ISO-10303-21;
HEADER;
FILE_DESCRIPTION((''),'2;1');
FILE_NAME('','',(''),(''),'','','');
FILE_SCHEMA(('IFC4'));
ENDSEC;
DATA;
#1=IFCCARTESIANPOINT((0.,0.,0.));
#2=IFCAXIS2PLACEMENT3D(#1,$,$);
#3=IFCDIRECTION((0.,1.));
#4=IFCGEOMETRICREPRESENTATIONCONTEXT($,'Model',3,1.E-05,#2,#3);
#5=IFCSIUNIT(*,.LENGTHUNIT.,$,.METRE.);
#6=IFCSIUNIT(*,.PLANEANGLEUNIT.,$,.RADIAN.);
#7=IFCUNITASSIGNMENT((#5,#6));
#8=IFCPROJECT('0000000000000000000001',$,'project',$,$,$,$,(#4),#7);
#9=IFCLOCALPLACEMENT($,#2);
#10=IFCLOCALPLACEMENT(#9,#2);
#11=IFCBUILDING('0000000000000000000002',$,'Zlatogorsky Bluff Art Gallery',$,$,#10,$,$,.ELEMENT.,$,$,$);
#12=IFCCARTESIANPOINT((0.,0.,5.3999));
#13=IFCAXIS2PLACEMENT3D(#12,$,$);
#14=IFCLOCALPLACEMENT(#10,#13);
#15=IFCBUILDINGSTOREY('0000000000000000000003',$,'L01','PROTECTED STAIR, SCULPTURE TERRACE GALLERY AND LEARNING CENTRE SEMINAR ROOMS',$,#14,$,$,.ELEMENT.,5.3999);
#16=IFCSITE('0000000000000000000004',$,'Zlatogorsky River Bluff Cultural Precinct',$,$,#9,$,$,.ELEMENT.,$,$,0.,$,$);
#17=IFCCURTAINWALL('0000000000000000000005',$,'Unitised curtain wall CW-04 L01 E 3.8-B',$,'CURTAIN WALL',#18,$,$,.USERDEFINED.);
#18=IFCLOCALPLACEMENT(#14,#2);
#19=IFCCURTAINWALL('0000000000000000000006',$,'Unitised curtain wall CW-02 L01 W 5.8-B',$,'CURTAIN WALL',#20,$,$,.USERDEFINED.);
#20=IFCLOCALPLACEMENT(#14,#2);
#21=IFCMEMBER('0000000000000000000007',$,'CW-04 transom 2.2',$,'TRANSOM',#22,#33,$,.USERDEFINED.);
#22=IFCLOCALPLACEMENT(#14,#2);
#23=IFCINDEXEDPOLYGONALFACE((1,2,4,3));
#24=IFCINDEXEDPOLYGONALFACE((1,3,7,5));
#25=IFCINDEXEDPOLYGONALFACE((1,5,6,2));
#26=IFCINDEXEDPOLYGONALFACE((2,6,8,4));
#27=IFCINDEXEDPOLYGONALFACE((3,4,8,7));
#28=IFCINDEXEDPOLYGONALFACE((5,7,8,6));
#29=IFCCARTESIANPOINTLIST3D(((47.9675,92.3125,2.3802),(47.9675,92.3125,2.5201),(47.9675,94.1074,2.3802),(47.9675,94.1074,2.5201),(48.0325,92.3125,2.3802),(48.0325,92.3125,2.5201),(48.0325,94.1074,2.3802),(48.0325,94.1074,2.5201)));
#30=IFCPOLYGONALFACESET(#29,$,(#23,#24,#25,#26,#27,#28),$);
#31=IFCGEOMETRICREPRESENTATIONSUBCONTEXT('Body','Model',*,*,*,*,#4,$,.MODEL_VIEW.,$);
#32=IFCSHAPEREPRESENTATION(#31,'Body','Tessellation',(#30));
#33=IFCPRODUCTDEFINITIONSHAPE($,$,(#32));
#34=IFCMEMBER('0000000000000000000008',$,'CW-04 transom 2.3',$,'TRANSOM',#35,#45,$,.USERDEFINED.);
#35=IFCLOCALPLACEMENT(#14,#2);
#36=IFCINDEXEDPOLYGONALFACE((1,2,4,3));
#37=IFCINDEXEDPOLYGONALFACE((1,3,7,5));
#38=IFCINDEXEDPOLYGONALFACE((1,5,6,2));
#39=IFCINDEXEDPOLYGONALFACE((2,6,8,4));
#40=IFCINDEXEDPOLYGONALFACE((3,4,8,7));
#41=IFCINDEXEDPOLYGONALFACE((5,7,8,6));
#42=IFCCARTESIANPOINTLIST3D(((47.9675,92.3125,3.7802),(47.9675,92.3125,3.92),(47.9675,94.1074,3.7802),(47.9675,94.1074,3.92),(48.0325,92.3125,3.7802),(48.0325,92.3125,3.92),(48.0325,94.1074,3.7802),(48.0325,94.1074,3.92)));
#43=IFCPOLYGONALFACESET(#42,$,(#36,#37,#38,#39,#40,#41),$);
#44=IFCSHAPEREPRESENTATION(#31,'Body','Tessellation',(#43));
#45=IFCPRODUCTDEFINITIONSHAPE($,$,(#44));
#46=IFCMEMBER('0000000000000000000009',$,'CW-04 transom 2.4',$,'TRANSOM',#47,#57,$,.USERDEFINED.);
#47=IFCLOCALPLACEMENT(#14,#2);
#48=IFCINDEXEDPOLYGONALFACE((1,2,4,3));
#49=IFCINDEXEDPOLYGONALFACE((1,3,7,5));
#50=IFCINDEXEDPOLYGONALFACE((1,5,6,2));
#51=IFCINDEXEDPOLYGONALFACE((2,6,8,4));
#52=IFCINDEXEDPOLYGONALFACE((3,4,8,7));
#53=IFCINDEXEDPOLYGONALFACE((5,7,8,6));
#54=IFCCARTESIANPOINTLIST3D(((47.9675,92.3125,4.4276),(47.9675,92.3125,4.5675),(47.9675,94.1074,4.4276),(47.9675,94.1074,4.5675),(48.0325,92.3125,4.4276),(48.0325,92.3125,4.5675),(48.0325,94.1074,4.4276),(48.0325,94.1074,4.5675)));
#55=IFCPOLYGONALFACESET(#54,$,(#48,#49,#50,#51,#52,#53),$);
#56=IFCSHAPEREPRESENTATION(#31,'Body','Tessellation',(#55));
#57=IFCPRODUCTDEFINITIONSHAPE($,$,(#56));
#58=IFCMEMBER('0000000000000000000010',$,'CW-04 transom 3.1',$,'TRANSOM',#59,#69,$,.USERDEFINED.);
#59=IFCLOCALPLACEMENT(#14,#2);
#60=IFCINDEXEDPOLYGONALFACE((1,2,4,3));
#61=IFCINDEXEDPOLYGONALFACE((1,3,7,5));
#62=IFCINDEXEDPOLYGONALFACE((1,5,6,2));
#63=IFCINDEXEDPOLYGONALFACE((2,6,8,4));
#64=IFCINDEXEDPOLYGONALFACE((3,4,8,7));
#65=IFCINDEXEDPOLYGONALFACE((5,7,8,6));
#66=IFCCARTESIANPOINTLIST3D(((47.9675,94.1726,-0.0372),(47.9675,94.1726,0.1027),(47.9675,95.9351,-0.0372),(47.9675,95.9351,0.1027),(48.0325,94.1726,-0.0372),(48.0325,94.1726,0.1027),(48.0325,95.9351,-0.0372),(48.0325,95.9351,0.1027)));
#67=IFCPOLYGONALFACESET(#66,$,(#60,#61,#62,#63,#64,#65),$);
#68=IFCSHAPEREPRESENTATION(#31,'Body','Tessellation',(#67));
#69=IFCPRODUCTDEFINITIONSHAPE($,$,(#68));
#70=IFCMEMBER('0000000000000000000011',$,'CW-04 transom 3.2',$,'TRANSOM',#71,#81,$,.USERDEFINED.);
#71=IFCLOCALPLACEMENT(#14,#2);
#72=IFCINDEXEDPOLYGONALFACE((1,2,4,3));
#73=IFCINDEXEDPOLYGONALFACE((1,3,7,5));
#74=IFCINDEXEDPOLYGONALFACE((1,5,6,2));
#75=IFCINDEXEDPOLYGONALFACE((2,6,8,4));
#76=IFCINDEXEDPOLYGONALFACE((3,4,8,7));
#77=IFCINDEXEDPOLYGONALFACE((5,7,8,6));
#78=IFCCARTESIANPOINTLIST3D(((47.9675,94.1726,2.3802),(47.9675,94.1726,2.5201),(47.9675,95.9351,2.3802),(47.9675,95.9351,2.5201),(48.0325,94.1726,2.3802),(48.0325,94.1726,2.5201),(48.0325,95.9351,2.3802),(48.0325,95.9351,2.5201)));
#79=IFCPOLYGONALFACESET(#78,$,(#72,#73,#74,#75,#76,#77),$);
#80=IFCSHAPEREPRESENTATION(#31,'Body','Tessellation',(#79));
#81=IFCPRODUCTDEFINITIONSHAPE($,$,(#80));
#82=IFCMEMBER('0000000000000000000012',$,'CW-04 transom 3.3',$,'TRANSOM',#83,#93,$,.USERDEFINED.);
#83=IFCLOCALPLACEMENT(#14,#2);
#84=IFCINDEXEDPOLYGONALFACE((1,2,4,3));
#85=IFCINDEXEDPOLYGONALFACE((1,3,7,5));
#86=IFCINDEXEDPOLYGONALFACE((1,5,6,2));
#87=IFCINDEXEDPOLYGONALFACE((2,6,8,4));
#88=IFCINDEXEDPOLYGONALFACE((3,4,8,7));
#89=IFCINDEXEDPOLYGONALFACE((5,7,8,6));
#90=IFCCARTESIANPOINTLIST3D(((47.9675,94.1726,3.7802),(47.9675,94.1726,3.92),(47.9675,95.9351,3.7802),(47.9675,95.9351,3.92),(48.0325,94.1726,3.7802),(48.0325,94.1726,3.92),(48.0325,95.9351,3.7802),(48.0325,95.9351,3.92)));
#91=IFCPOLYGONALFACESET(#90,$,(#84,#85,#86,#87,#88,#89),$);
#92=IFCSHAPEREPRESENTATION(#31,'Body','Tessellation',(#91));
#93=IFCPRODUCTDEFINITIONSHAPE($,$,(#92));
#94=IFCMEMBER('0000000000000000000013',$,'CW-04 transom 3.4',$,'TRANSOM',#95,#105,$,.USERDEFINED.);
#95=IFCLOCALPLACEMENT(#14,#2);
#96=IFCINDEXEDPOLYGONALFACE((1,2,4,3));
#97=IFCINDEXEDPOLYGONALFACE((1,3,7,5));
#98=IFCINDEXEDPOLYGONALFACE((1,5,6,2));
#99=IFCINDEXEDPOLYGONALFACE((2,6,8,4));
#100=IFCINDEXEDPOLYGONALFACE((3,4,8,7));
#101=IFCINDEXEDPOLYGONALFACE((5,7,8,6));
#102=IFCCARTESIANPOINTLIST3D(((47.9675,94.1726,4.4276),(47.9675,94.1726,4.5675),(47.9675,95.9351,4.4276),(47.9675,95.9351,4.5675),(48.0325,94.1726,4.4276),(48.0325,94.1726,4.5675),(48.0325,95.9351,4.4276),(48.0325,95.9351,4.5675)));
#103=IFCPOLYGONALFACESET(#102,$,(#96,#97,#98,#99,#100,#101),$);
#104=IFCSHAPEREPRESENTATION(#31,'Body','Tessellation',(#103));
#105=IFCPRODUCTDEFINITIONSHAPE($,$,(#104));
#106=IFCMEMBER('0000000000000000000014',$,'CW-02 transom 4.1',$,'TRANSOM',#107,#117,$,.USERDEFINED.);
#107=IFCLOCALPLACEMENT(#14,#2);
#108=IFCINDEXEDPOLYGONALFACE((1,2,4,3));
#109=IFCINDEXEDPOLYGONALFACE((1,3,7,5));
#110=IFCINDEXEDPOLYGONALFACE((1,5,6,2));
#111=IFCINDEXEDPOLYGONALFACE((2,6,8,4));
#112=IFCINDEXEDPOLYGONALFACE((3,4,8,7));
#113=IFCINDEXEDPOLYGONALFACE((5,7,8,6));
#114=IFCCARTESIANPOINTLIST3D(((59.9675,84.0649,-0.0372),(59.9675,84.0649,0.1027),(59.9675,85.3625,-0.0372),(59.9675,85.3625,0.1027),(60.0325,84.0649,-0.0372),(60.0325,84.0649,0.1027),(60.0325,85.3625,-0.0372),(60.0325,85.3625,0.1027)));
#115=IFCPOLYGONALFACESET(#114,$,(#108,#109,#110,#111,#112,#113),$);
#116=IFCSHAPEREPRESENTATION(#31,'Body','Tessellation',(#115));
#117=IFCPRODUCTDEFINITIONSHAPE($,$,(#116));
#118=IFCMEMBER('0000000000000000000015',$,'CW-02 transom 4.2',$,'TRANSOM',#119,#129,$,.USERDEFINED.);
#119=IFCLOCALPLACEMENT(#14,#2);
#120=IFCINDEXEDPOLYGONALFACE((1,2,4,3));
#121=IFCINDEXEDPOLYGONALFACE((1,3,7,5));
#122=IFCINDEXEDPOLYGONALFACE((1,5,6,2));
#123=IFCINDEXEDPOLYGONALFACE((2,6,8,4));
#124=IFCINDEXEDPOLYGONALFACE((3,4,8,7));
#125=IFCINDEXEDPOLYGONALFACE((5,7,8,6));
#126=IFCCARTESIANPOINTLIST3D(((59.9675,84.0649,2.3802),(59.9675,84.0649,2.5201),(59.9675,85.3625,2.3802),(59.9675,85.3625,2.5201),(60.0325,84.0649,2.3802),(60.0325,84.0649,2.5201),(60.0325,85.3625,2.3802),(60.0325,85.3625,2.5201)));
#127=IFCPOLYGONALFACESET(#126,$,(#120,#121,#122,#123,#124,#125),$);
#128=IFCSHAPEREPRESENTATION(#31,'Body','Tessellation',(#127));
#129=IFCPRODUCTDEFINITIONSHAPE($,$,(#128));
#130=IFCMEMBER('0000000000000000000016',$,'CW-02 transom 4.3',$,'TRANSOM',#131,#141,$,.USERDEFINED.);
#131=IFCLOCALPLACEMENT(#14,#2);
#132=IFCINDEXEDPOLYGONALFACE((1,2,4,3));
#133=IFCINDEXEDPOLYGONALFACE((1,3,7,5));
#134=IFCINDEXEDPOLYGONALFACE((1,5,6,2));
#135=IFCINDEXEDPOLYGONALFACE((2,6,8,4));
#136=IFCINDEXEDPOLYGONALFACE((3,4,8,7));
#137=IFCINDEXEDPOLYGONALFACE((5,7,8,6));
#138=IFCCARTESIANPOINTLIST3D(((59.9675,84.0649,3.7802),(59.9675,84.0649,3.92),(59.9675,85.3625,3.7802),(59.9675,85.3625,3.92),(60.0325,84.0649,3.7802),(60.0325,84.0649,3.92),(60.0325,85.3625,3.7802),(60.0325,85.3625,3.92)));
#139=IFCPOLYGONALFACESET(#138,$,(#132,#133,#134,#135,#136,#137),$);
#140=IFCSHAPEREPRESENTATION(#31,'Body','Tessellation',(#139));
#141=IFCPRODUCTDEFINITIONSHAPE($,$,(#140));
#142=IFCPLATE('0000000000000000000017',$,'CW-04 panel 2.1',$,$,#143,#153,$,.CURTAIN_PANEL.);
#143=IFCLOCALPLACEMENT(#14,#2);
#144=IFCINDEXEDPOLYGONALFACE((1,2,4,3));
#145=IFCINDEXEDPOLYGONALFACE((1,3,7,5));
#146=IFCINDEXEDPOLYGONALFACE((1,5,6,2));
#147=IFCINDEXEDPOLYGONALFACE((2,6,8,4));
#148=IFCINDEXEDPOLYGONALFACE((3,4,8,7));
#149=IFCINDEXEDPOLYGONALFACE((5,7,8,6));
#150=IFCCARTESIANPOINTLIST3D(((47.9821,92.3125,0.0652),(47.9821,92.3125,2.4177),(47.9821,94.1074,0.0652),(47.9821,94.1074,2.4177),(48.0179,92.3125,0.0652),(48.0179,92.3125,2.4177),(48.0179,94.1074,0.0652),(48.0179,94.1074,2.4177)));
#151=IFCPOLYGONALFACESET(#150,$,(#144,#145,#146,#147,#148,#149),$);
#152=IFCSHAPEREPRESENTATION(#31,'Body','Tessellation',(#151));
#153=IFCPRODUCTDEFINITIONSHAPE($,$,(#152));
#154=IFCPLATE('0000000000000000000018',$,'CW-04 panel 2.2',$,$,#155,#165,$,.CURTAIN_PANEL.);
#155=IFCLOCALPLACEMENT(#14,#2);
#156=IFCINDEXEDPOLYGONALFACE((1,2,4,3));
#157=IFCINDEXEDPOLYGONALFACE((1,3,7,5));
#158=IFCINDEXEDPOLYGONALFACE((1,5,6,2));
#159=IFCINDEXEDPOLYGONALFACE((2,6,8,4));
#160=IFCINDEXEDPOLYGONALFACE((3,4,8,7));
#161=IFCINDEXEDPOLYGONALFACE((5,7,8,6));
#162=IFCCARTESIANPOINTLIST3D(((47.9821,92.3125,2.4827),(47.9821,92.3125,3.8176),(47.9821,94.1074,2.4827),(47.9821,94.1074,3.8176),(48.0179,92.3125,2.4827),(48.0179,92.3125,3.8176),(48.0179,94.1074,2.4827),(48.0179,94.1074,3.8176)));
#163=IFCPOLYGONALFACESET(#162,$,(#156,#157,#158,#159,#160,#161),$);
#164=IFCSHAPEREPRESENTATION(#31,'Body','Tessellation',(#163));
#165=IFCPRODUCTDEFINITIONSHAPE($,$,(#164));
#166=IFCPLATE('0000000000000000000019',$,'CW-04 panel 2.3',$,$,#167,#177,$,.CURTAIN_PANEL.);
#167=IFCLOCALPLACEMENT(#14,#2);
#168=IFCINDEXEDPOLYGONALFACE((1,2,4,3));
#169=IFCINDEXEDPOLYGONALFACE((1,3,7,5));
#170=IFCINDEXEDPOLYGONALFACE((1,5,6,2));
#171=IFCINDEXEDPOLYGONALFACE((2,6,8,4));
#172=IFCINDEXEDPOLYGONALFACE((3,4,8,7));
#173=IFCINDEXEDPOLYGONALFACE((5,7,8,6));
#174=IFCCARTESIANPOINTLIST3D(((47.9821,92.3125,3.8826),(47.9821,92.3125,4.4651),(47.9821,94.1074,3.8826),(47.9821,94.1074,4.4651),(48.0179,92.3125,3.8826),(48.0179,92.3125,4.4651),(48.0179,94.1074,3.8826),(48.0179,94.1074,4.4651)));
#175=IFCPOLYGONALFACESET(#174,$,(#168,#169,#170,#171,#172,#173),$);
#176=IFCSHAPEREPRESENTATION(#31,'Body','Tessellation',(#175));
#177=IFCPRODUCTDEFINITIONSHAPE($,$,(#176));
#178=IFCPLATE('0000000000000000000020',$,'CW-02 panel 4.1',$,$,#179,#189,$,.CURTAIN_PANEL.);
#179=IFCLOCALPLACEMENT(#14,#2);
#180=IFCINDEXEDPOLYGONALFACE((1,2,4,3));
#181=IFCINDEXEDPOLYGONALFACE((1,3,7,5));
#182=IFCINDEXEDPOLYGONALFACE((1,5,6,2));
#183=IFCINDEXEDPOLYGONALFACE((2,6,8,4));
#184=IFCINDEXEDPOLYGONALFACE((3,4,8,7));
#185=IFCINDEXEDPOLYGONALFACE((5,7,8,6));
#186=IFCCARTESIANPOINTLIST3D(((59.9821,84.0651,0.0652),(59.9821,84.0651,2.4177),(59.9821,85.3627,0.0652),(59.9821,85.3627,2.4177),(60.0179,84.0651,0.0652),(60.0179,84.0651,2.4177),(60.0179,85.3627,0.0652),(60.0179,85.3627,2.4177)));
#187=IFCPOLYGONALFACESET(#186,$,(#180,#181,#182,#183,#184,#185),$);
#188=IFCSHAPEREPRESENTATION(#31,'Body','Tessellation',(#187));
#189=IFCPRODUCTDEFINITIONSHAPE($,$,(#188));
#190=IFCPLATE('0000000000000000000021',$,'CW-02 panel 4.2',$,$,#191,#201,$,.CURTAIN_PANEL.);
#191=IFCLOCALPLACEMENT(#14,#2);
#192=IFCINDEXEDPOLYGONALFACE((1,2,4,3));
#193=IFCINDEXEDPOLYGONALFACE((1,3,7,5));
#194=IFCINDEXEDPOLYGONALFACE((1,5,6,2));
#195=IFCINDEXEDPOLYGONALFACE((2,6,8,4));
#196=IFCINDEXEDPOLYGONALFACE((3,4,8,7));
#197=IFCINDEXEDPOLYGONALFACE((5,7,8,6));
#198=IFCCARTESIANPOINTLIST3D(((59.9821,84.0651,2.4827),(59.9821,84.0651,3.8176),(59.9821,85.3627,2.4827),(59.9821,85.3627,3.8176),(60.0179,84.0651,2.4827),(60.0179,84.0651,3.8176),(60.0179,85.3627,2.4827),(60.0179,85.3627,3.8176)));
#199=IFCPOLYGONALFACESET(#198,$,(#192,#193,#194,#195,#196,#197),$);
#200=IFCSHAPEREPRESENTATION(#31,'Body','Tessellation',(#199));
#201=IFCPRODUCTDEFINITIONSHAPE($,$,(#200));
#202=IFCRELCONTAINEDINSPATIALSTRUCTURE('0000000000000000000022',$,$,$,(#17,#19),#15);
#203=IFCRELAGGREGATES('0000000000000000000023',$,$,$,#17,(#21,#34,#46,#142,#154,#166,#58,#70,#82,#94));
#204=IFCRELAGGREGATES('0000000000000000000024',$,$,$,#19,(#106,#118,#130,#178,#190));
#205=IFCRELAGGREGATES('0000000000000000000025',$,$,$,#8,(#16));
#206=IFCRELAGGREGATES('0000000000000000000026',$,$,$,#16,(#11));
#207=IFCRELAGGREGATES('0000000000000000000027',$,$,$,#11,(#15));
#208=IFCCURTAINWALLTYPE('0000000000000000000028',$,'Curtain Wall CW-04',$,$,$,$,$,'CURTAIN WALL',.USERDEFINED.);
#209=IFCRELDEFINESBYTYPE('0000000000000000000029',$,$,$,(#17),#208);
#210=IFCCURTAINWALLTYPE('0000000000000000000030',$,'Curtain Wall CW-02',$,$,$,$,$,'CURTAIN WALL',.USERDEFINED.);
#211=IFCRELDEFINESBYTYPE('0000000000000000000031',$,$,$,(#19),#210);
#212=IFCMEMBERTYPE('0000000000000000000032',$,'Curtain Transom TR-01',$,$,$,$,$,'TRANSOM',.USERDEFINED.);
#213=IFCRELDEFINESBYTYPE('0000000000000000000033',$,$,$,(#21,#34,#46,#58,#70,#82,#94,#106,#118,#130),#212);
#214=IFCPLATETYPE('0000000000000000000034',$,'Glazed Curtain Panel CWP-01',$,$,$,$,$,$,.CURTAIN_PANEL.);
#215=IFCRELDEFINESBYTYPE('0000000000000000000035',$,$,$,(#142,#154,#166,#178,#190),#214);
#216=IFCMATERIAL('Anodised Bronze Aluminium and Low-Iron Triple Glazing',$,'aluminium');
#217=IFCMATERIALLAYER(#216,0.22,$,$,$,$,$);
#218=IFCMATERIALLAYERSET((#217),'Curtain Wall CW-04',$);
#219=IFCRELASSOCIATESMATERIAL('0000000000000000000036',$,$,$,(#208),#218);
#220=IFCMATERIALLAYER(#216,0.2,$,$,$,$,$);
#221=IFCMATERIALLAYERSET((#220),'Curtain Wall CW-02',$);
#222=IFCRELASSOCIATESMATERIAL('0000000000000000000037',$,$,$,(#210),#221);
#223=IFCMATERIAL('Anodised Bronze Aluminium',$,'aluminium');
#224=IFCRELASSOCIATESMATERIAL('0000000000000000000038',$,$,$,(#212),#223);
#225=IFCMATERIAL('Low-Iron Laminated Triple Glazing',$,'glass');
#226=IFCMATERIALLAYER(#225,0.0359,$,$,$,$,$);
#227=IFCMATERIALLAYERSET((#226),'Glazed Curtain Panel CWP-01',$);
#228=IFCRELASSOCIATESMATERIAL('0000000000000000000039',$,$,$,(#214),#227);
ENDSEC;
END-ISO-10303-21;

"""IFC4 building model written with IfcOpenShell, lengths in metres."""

from ifc_helpers import new_model, si_unit, direction, frame, origin, origin_2d, place, context, subcontext, project, spatial, rectangle, extrude, material, layer, layer_set, material_profile, profile_set, type_object, element, aggregate, save


model = new_model("IFC4")

# Units and contexts
model_context = context("Model", 3, precision=1e-05, world=origin(), true_north=direction((0.0, 1.0)))
body_context = subcontext(model_context, "Body", "Model", "MODEL_VIEW")
ifc_project = project(units=[si_unit("LENGTHUNIT", "METRE"), si_unit("PLANEANGLEUNIT", "RADIAN")], contexts=[model_context])

# Site, building, storey
site_placement = place(None, origin())
site = spatial("IfcSite", under=ifc_project, at=site_placement, Name="Zlatogorsky River Bluff Cultural Precinct", CompositionType="ELEMENT", RefElevation=0.0)
building_placement = place(site_placement, origin())
building = spatial("IfcBuilding", under=site, at=building_placement, Name="Zlatogorsky Bluff Art Gallery", CompositionType="ELEMENT")
storey_placement = place(building_placement, frame((0.0, 0.0, 5.3999)))
storey = spatial("IfcBuildingStorey", under=building, at=storey_placement, Name="L01", Description="PROTECTED STAIR, SCULPTURE TERRACE GALLERY AND LEARNING CENTRE SEMINAR ROOMS", CompositionType="ELEMENT", Elevation=5.3999)

# Curtain wall
ifc_material_1 = material(Name="Anodised Bronze Aluminium and Low-Iron Triple Glazing", Category="aluminium")
ifc_layer_1 = layer(ifc_material_1, 0.22)
ifc_layer_set_1 = layer_set([ifc_layer_1], Name="Curtain Wall CW-04")
curtain_wall_type_1 = type_object("IfcCurtainWallType", Name="Curtain Wall CW-04", ElementType="CURTAIN WALL", PredefinedType="USERDEFINED", material=ifc_layer_set_1)
curtain_wall_1_placement = place(storey_placement, origin())
curtain_wall_1 = element("IfcCurtainWall", 1, at=curtain_wall_1_placement, inside=storey, type_object=curtain_wall_type_1, Name="Unitised curtain wall CW-04 L01 E 3.8-B", ObjectType="CURTAIN WALL", PredefinedType="USERDEFINED")
ifc_material_2 = material(Name="Anodised Bronze Aluminium", Category="aluminium")

# Curtain wall
ifc_layer_2 = layer(ifc_material_1, 0.2)
ifc_layer_set_2 = layer_set([ifc_layer_2], Name="Curtain Wall CW-02")
curtain_wall_type_2 = type_object("IfcCurtainWallType", Name="Curtain Wall CW-02", ElementType="CURTAIN WALL", PredefinedType="USERDEFINED", material=ifc_layer_set_2)
curtain_wall_2_placement = place(storey_placement, origin())
curtain_wall_2 = element("IfcCurtainWall", 2, at=curtain_wall_2_placement, inside=storey, type_object=curtain_wall_type_2, Name="Unitised curtain wall CW-02 L01 W 5.8-B", ObjectType="CURTAIN WALL", PredefinedType="USERDEFINED")

# Members
ifc_material_profile_1 = material_profile(ifc_material_2, rectangle(XDim=0.0649, YDim=0.1399, at=origin_2d()), Name="ALU TRANSOM 65x140")
ifc_profile_set_1 = profile_set([ifc_material_profile_1], Name="Anodised Bronze Aluminium")
member_type_1 = type_object("IfcMemberType", Name="Curtain Transom TR-01", ElementType="TRANSOM", PredefinedType="USERDEFINED", material=ifc_profile_set_1)
member_1_placement = place(storey_placement, frame((48.0, 92.3125, 2.4502), z_axis=(0.0, 1.0, 0.0), x_axis=(-1.0, 0.0, 0.0)))
member_1 = element("IfcMember", 3, at=member_1_placement, type_object=member_type_1, Name="CW-04 transom 2.2", ObjectType="TRANSOM", PredefinedType="USERDEFINED", context=body_context, shape_type="SweptSolid", body=[
    extrude(rectangle(XDim=0.0649, YDim=0.1399, at=origin_2d()), origin(), (0.0, 0.0, 1.0), 1.7949),
])
member_2_placement = place(storey_placement, frame((48.0, 92.3125, 3.8501), z_axis=(0.0, 1.0, 0.0), x_axis=(-1.0, 0.0, 0.0)))
member_2 = element("IfcMember", 4, at=member_2_placement, type_object=member_type_1, Name="CW-04 transom 2.3", ObjectType="TRANSOM", PredefinedType="USERDEFINED", context=body_context, shape_type="SweptSolid", body=[
    extrude(rectangle(XDim=0.0649, YDim=0.1399, at=origin_2d()), origin(), (0.0, 0.0, 1.0), 1.7949),
])
member_3_placement = place(storey_placement, frame((48.0, 92.3125, 4.4976), z_axis=(0.0, 1.0, 0.0), x_axis=(-1.0, 0.0, 0.0)))
member_3 = element("IfcMember", 5, at=member_3_placement, type_object=member_type_1, Name="CW-04 transom 2.4", ObjectType="TRANSOM", PredefinedType="USERDEFINED", context=body_context, shape_type="SweptSolid", body=[
    extrude(rectangle(XDim=0.0649, YDim=0.1399, at=origin_2d()), origin(), (0.0, 0.0, 1.0), 1.7949),
])
member_4_placement = place(storey_placement, frame((48.0, 94.1726, 0.0327), z_axis=(0.0, 1.0, 0.0), x_axis=(-1.0, 0.0, 0.0)))
member_4 = element("IfcMember", 6, at=member_4_placement, type_object=member_type_1, Name="CW-04 transom 3.1", ObjectType="TRANSOM", PredefinedType="USERDEFINED", context=body_context, shape_type="SweptSolid", body=[
    extrude(rectangle(XDim=0.0649, YDim=0.1399, at=origin_2d()), origin(), (0.0, 0.0, 1.0), 1.7625),
])
member_5_placement = place(storey_placement, frame((48.0, 94.1726, 2.4502), z_axis=(0.0, 1.0, 0.0), x_axis=(-1.0, 0.0, 0.0)))
member_5 = element("IfcMember", 7, at=member_5_placement, type_object=member_type_1, Name="CW-04 transom 3.2", ObjectType="TRANSOM", PredefinedType="USERDEFINED", context=body_context, shape_type="SweptSolid", body=[
    extrude(rectangle(XDim=0.0649, YDim=0.1399, at=origin_2d()), origin(), (0.0, 0.0, 1.0), 1.7625),
])
member_6_placement = place(storey_placement, frame((48.0, 94.1726, 3.8501), z_axis=(0.0, 1.0, 0.0), x_axis=(-1.0, 0.0, 0.0)))
member_6 = element("IfcMember", 8, at=member_6_placement, type_object=member_type_1, Name="CW-04 transom 3.3", ObjectType="TRANSOM", PredefinedType="USERDEFINED", context=body_context, shape_type="SweptSolid", body=[
    extrude(rectangle(XDim=0.0649, YDim=0.1399, at=origin_2d()), origin(), (0.0, 0.0, 1.0), 1.7625),
])
member_7_placement = place(storey_placement, frame((48.0, 94.1726, 4.4976), z_axis=(0.0, 1.0, 0.0), x_axis=(-1.0, 0.0, 0.0)))
member_7 = element("IfcMember", 9, at=member_7_placement, type_object=member_type_1, Name="CW-04 transom 3.4", ObjectType="TRANSOM", PredefinedType="USERDEFINED", context=body_context, shape_type="SweptSolid", body=[
    extrude(rectangle(XDim=0.0649, YDim=0.1399, at=origin_2d()), origin(), (0.0, 0.0, 1.0), 1.7625),
])
member_8_placement = place(storey_placement, frame((60.0, 85.3625, 0.0327), z_axis=(0.0, -1.0, 0.0), x_axis=(1.0, 0.0, 0.0)))
member_8 = element("IfcMember", 10, at=member_8_placement, type_object=member_type_1, Name="CW-02 transom 4.1", ObjectType="TRANSOM", PredefinedType="USERDEFINED", context=body_context, shape_type="SweptSolid", body=[
    extrude(rectangle(XDim=0.0649, YDim=0.1399, at=origin_2d()), origin(), (0.0, 0.0, 1.0), 1.2976),
])
member_9_placement = place(storey_placement, frame((60.0, 85.3625, 2.4502), z_axis=(0.0, -1.0, 0.0), x_axis=(1.0, 0.0, 0.0)))
member_9 = element("IfcMember", 11, at=member_9_placement, type_object=member_type_1, Name="CW-02 transom 4.2", ObjectType="TRANSOM", PredefinedType="USERDEFINED", context=body_context, shape_type="SweptSolid", body=[
    extrude(rectangle(XDim=0.0649, YDim=0.1399, at=origin_2d()), origin(), (0.0, 0.0, 1.0), 1.2976),
])
member_10_placement = place(storey_placement, frame((60.0, 85.3625, 3.8501), z_axis=(0.0, -1.0, 0.0), x_axis=(1.0, 0.0, 0.0)))
member_10 = element("IfcMember", 12, at=member_10_placement, type_object=member_type_1, Name="CW-02 transom 4.3", ObjectType="TRANSOM", PredefinedType="USERDEFINED", context=body_context, shape_type="SweptSolid", body=[
    extrude(rectangle(XDim=0.0649, YDim=0.1399, at=origin_2d()), origin(), (0.0, 0.0, 1.0), 1.2976),
])

# Plates
ifc_material_3 = material(Name="Low-Iron Laminated Triple Glazing", Category="glass")
ifc_layer_3 = layer(ifc_material_3, 0.0359)
ifc_layer_set_3 = layer_set([ifc_layer_3], Name="Glazed Curtain Panel CWP-01")
plate_type = type_object("IfcPlateType", Name="Glazed Curtain Panel CWP-01", PredefinedType="CURTAIN_PANEL", material=ifc_layer_set_3)
plate_1_placement = place(storey_placement, frame((48.0, 93.21, 0.0652), z_axis=(0.0, 0.0, 1.0), x_axis=(0.0, 1.0, 0.0)))
plate_1 = element("IfcPlate", 13, at=plate_1_placement, type_object=plate_type, Name="CW-04 panel 2.1", PredefinedType="CURTAIN_PANEL", context=body_context, shape_type="SweptSolid", body=[
    extrude(rectangle(XDim=1.7949, YDim=0.0359, at=origin_2d()), origin(), (0.0, 0.0, 1.0), 2.3525),
])
plate_2_placement = place(storey_placement, frame((48.0, 93.21, 2.4827), z_axis=(0.0, 0.0, 1.0), x_axis=(0.0, 1.0, 0.0)))
plate_2 = element("IfcPlate", 14, at=plate_2_placement, type_object=plate_type, Name="CW-04 panel 2.2", PredefinedType="CURTAIN_PANEL", context=body_context, shape_type="SweptSolid", body=[
    extrude(rectangle(XDim=1.7949, YDim=0.0359, at=origin_2d()), origin(), (0.0, 0.0, 1.0), 1.335),
])
plate_3_placement = place(storey_placement, frame((48.0, 93.21, 3.8826), z_axis=(0.0, 0.0, 1.0), x_axis=(0.0, 1.0, 0.0)))
plate_3 = element("IfcPlate", 15, at=plate_3_placement, type_object=plate_type, Name="CW-04 panel 2.3", PredefinedType="CURTAIN_PANEL", context=body_context, shape_type="SweptSolid", body=[
    extrude(rectangle(XDim=1.7949, YDim=0.0359, at=origin_2d()), origin(), (0.0, 0.0, 1.0), 0.5825),
])
aggregate(curtain_wall_1, [member_1, member_2, member_3, plate_1, plate_2, plate_3, member_4, member_5, member_6, member_7])
plate_4_placement = place(storey_placement, frame((60.0, 84.7139, 0.0652), z_axis=(0.0, 0.0, 1.0), x_axis=(0.0, -1.0, 0.0)))
plate_4 = element("IfcPlate", 16, at=plate_4_placement, type_object=plate_type, Name="CW-02 panel 4.1", PredefinedType="CURTAIN_PANEL", context=body_context, shape_type="SweptSolid", body=[
    extrude(rectangle(XDim=1.2976, YDim=0.0359, at=origin_2d()), origin(), (0.0, 0.0, 1.0), 2.3525),
])
plate_5_placement = place(storey_placement, frame((60.0, 84.7139, 2.4827), z_axis=(0.0, 0.0, 1.0), x_axis=(0.0, -1.0, 0.0)))
plate_5 = element("IfcPlate", 17, at=plate_5_placement, type_object=plate_type, Name="CW-02 panel 4.2", PredefinedType="CURTAIN_PANEL", context=body_context, shape_type="SweptSolid", body=[
    extrude(rectangle(XDim=1.2976, YDim=0.0359, at=origin_2d()), origin(), (0.0, 0.0, 1.0), 1.335),
])
aggregate(curtain_wall_2, [member_8, member_9, member_10, plate_4, plate_5])

save(model, "model.ifc")
